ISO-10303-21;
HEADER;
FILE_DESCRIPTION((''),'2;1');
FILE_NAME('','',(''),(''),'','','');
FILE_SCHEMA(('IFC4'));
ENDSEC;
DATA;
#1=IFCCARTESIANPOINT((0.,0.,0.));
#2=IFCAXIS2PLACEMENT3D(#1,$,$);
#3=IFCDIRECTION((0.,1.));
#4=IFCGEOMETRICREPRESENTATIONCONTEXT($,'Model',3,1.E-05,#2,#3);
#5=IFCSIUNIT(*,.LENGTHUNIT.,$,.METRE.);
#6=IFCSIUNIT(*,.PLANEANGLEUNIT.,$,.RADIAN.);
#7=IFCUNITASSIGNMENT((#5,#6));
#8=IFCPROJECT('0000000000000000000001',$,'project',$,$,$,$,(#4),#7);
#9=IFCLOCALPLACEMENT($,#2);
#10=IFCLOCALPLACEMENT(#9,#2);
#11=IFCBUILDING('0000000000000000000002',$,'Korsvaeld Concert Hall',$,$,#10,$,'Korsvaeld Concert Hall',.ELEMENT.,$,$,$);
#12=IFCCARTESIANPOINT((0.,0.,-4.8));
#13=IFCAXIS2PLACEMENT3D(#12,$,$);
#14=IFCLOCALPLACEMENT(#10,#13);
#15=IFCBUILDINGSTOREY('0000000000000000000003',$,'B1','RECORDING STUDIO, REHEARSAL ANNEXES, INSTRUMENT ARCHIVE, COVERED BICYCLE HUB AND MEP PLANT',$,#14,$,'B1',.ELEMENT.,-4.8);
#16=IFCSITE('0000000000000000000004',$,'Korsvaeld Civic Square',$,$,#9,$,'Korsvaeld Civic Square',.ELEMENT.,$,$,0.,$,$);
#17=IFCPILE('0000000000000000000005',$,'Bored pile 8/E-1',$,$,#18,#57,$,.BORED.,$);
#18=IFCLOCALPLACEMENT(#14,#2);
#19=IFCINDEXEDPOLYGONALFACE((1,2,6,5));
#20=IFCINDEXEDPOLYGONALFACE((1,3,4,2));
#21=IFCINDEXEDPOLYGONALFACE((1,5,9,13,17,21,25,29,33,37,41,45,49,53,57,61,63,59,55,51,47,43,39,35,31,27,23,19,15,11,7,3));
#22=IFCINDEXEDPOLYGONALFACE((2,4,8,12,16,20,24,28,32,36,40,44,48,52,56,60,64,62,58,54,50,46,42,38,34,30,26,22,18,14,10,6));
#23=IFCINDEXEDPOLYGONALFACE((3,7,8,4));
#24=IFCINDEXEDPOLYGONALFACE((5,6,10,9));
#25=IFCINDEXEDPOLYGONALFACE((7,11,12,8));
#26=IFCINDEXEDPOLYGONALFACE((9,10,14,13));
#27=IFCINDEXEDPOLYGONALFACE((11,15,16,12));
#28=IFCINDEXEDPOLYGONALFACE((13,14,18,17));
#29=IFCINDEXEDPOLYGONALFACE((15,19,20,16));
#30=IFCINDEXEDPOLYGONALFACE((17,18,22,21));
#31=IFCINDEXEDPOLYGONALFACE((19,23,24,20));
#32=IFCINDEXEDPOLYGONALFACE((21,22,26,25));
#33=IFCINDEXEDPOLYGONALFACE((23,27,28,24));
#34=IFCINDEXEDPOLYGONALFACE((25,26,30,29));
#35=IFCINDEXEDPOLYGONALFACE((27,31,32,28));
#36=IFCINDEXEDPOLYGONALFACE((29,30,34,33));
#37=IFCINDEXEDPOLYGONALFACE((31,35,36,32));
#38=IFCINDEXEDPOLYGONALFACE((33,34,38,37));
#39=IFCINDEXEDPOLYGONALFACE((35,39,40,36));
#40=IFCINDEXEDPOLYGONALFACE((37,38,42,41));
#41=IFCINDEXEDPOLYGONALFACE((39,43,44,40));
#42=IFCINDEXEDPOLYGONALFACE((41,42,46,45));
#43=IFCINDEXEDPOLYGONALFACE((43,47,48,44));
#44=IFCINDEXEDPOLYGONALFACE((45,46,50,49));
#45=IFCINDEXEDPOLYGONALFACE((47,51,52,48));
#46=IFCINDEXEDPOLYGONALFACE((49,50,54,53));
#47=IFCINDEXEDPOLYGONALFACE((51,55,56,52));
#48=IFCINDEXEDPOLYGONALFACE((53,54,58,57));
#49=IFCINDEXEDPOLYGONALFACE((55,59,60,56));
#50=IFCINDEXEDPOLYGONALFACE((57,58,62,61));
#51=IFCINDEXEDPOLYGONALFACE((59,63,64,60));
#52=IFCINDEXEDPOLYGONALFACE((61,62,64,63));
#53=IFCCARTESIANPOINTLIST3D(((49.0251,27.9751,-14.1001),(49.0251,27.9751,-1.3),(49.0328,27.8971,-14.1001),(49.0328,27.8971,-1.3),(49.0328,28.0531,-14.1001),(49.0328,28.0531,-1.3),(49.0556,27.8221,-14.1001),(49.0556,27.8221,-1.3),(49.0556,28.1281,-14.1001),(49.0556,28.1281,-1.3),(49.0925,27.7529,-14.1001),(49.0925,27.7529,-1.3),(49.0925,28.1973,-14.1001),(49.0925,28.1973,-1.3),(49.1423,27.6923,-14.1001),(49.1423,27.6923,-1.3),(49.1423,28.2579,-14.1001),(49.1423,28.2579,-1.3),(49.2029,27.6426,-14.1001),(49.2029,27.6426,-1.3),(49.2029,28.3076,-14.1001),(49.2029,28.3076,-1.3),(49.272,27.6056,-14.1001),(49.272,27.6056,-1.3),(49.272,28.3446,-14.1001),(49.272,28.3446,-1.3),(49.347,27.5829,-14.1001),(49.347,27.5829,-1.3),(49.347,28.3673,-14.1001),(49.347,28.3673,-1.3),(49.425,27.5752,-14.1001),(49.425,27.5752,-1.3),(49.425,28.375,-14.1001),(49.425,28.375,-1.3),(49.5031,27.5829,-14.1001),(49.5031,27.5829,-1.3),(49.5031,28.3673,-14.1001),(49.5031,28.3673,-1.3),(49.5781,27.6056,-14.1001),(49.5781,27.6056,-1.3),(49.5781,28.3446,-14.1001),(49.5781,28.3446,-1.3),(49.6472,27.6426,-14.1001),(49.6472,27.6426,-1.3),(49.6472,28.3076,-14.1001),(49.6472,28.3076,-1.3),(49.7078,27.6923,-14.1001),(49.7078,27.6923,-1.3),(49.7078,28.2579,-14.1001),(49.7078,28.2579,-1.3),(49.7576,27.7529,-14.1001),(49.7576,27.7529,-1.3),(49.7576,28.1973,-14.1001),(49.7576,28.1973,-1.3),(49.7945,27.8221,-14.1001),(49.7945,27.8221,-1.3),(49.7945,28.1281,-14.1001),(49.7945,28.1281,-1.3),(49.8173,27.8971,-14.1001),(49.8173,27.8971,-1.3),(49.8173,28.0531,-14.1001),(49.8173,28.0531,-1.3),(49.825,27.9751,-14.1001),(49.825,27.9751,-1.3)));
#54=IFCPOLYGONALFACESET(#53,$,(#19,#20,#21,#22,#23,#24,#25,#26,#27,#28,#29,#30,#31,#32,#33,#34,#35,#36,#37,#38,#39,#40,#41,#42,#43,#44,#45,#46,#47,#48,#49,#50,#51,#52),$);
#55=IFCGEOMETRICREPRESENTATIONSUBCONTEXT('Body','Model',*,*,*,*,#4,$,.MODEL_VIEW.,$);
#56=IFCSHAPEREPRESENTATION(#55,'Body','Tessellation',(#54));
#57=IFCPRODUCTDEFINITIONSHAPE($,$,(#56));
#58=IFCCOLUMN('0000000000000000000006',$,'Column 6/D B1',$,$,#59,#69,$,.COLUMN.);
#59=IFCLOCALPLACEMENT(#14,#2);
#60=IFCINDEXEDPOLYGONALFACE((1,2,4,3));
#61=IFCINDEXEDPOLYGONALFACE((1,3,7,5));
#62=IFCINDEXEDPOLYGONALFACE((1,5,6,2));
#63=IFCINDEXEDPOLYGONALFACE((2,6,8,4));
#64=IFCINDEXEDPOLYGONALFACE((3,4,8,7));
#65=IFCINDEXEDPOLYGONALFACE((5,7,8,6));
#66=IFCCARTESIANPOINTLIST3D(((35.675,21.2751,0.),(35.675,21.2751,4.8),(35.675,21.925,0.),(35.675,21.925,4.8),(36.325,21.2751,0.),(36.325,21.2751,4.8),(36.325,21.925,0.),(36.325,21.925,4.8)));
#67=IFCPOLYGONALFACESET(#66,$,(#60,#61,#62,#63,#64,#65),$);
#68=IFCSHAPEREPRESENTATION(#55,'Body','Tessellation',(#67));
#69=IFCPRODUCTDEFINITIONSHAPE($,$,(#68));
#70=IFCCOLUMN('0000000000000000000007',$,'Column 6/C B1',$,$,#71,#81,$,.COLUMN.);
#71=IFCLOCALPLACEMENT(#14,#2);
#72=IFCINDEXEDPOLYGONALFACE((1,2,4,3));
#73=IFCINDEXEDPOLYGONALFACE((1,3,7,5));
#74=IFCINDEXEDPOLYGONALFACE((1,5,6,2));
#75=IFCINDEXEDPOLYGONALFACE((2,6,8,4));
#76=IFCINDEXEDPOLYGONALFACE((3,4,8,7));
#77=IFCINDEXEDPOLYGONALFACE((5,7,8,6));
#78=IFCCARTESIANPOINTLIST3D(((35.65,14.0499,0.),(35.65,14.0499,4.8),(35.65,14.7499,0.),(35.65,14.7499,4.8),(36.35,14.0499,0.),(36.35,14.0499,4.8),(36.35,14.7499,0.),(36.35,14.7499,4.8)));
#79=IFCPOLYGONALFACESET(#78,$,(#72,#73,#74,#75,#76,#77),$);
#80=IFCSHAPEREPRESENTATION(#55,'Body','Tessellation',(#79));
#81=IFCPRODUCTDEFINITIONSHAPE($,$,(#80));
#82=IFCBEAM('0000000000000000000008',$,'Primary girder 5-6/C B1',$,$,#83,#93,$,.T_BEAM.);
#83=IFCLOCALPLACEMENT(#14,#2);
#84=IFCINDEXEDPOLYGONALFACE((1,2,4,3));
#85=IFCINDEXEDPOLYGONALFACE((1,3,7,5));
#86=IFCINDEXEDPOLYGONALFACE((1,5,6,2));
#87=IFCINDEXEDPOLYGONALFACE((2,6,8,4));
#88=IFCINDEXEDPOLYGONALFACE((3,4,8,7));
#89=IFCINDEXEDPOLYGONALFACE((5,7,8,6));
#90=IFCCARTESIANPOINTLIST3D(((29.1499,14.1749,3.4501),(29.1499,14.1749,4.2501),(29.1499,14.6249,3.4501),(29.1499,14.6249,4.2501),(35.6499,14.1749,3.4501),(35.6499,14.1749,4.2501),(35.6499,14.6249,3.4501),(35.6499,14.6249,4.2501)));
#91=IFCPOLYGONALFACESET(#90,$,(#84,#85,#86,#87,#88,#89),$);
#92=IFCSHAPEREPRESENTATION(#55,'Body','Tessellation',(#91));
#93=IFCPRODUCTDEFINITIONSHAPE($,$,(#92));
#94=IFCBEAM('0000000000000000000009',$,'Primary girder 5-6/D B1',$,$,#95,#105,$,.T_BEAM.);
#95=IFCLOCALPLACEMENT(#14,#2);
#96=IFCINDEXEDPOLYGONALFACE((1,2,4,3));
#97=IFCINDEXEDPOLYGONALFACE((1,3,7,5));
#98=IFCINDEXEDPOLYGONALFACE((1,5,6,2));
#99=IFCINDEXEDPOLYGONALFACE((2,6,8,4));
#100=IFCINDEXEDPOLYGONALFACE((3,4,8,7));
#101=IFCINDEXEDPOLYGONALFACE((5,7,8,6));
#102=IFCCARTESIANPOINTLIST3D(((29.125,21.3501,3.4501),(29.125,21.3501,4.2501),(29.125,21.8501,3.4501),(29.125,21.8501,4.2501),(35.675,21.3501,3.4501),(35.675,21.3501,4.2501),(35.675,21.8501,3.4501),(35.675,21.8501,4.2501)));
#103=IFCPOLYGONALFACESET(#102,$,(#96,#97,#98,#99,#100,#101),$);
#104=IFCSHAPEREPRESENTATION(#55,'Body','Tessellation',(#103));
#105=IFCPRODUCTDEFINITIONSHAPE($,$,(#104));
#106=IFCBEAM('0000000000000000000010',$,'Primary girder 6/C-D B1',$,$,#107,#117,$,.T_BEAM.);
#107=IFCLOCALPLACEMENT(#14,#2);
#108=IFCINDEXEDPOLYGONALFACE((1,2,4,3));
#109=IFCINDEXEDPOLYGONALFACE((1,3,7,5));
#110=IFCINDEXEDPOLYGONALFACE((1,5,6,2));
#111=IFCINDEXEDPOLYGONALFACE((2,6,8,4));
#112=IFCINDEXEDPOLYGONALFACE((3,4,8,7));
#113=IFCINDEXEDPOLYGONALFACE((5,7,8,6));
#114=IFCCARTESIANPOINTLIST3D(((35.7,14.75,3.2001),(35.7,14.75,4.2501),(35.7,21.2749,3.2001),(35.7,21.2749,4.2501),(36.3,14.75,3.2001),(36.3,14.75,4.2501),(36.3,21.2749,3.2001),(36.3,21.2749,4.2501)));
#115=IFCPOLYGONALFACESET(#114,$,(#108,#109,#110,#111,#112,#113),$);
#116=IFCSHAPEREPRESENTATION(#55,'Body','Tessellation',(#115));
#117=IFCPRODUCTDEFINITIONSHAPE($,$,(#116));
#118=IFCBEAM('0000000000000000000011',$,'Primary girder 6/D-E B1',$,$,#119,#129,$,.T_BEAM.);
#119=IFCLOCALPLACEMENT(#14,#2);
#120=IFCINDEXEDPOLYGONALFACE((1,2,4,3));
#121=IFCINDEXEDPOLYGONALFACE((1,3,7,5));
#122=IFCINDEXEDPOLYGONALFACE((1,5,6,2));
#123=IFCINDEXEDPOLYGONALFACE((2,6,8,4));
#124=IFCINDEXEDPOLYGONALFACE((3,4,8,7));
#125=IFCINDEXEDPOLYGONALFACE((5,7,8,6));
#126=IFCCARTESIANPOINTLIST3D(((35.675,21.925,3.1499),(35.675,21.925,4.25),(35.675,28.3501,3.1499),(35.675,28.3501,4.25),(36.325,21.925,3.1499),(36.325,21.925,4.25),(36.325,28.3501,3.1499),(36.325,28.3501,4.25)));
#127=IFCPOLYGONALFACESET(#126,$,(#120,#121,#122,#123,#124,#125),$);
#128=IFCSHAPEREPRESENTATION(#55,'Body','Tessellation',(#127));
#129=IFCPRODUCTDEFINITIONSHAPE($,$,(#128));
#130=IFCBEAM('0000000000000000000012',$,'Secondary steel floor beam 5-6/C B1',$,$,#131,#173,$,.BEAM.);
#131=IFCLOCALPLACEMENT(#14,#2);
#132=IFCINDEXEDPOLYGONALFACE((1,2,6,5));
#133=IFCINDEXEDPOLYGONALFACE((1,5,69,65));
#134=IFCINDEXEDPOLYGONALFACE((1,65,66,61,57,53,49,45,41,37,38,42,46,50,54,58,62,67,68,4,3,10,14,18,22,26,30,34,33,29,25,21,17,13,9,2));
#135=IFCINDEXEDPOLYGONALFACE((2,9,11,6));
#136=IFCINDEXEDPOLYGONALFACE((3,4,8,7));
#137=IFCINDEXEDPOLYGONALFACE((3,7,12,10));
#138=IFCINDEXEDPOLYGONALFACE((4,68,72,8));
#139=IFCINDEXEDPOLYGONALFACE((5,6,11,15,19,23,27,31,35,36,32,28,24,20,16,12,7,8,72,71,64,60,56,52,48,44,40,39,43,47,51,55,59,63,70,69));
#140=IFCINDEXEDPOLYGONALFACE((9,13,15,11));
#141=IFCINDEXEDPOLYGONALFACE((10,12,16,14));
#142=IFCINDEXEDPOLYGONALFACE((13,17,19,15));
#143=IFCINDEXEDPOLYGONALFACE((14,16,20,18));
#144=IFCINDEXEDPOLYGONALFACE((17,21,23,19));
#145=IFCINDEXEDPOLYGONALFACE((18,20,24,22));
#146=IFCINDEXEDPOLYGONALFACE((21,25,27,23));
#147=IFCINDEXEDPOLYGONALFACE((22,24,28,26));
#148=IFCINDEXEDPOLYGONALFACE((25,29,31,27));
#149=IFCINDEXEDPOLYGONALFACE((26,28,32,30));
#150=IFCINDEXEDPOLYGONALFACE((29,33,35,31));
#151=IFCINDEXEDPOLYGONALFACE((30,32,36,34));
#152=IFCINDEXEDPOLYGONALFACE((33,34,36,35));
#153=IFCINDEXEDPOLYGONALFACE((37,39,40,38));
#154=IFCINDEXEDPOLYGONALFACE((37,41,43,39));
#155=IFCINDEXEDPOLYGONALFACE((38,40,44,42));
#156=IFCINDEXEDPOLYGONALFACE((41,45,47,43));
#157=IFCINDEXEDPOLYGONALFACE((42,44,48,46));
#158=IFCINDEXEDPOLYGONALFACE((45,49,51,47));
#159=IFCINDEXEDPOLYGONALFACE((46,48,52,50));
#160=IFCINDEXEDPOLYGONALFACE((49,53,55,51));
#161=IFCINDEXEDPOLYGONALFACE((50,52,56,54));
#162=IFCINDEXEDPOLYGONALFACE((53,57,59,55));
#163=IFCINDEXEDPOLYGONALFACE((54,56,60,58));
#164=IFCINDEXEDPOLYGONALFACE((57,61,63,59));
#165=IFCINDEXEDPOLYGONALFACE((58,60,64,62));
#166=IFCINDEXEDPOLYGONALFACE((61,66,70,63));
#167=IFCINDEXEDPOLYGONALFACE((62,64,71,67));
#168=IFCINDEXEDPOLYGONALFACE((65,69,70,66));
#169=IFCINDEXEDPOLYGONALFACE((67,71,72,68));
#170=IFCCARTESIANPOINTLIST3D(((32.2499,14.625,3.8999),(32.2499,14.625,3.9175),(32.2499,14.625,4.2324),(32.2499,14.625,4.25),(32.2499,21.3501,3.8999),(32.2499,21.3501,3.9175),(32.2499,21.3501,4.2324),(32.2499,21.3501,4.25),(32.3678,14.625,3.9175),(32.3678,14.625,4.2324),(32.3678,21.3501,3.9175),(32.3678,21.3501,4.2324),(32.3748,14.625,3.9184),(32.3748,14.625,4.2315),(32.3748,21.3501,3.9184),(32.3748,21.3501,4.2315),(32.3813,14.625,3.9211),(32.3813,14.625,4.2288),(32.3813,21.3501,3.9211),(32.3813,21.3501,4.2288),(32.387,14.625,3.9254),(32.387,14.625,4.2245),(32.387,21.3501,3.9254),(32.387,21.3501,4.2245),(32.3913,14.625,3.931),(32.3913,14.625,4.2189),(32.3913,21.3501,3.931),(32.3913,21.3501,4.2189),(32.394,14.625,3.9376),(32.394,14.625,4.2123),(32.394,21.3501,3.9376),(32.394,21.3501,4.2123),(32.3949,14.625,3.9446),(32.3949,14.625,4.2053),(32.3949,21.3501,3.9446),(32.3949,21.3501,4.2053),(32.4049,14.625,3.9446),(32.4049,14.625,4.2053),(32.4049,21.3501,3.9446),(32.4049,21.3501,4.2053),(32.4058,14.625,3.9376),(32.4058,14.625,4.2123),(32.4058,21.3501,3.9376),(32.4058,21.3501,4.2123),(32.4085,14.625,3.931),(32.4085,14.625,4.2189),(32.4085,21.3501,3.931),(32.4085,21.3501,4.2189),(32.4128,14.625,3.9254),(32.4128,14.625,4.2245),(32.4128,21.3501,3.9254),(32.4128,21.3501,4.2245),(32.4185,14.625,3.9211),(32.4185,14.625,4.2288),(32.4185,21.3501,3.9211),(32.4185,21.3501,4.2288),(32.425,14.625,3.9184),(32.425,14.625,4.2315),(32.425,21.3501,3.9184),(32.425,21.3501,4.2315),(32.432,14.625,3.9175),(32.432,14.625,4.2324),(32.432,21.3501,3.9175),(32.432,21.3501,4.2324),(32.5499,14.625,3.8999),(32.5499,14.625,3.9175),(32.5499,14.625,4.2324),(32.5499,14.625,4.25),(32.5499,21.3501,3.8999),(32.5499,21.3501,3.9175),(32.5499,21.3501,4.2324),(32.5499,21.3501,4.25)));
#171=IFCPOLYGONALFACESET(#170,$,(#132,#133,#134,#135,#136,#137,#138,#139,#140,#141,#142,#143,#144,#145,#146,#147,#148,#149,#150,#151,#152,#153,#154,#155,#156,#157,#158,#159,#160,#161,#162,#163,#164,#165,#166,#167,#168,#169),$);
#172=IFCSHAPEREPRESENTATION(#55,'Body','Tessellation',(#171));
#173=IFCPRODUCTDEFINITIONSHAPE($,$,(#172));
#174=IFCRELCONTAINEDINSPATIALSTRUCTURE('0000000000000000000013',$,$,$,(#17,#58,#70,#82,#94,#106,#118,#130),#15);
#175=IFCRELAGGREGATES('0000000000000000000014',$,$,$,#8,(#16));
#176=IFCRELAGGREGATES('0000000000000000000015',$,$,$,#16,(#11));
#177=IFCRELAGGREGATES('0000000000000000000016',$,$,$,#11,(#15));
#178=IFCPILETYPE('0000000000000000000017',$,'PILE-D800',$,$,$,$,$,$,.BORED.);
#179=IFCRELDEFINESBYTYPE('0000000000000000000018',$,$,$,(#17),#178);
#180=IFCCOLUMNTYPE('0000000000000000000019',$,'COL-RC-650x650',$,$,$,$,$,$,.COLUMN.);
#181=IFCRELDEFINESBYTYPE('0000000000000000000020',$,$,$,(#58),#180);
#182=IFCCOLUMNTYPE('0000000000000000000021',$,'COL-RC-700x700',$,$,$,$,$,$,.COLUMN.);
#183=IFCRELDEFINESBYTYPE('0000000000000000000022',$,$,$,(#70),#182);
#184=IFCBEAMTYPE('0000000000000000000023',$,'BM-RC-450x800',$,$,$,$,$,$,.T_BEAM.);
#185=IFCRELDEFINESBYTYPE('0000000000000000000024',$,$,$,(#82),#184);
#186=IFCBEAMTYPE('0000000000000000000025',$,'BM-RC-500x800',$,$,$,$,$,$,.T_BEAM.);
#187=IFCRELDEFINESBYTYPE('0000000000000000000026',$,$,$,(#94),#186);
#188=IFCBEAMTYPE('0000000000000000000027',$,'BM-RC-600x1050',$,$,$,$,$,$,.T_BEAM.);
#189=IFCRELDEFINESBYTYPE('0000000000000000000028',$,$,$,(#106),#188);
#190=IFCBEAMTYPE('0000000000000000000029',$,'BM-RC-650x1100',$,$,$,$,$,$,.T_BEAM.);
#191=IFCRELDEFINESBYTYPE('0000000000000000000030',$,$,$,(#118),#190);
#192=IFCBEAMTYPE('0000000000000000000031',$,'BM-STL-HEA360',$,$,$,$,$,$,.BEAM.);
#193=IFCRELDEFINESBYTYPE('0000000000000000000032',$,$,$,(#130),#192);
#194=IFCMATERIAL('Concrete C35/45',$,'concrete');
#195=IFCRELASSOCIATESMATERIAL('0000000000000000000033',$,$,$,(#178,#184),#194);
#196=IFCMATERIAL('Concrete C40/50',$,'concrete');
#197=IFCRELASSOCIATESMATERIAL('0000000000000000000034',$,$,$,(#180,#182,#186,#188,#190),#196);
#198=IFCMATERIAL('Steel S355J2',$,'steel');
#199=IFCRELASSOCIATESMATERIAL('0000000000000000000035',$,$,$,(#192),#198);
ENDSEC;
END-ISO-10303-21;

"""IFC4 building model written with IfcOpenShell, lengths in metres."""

from ifc_helpers import new_model, si_unit, direction, frame, origin, origin_2d, place, context, subcontext, project, spatial, rectangle, circle, i_section, extrude, material, material_profile, profile_set, type_object, element, save


model = new_model("IFC4")

# Units and contexts
model_context = context("Model", 3, precision=1e-05, world=origin(), true_north=direction((0.0, 1.0)))
body_context = subcontext(model_context, "Body", "Model", "MODEL_VIEW")
ifc_project = project(units=[si_unit("LENGTHUNIT", "METRE"), si_unit("PLANEANGLEUNIT", "RADIAN")], contexts=[model_context])

# Site, building, storey
site_placement = place(None, origin())
site = spatial("IfcSite", under=ifc_project, at=site_placement, Name="Korsvaeld Civic Square", LongName="Korsvaeld Civic Square", CompositionType="ELEMENT", RefElevation=0.0)
building_placement = place(site_placement, origin())
building = spatial("IfcBuilding", under=site, at=building_placement, Name="Korsvaeld Concert Hall", LongName="Korsvaeld Concert Hall", CompositionType="ELEMENT")
storey_placement = place(building_placement, frame((0.0, 0.0, -4.8)))
storey = spatial("IfcBuildingStorey", under=building, at=storey_placement, Name="B1", Description="RECORDING STUDIO, REHEARSAL ANNEXES, INSTRUMENT ARCHIVE, COVERED BICYCLE HUB AND MEP PLANT", LongName="B1", CompositionType="ELEMENT", Elevation=-4.8)

# Shared definitions
ifc_material_1 = material(Name="Concrete C35/45", Category="concrete")

# Pile
ifc_material_profile_1 = material_profile(ifc_material_1, circle(Radius=0.3999, at=origin_2d()), Name="BORED PILE D800")
ifc_profile_set_1 = profile_set([ifc_material_profile_1], Name="Concrete C35/45")
pile_type_1 = type_object("IfcPileType", Name="PILE-D800", PredefinedType="BORED", material=ifc_profile_set_1)
pile_1_placement = place(storey_placement, frame((49.425, 27.9751, -1.3), z_axis=(0.0, 0.0, -1.0), x_axis=(1.0, 0.0, 0.0)))
element("IfcPile", 1, at=pile_1_placement, inside=storey, type_object=pile_type_1, Name="Bored pile 8/E-1", PredefinedType="BORED", context=body_context, shape_type="SweptSolid", body=[
    extrude(circle(Radius=0.3999, at=origin_2d()), origin(), (0.0, 0.0, 1.0), 12.8),
])

# Columns
ifc_material_2 = material(Name="Concrete C40/50", Category="concrete")
ifc_material_profile_2 = material_profile(ifc_material_2, rectangle(XDim=0.6499, YDim=0.6499, at=origin_2d()), Name="RC 650x650")
ifc_profile_set_2 = profile_set([ifc_material_profile_2], Name="Concrete C40/50")
column_type_1 = type_object("IfcColumnType", Name="COL-RC-650x650", PredefinedType="COLUMN", material=ifc_profile_set_2)
column_1_placement = place(storey_placement, frame((36.0, 21.6001, 0.0), z_axis=(0.0, 0.0, 1.0), x_axis=(1.0, 0.0, 0.0)))
element("IfcColumn", 2, at=column_1_placement, inside=storey, type_object=column_type_1, Name="Column 6/D B1", PredefinedType="COLUMN", context=body_context, shape_type="SweptSolid", body=[
    extrude(rectangle(XDim=0.6499, YDim=0.6499, at=origin_2d()), origin(), (0.0, 0.0, 1.0), 4.8),
])
ifc_material_profile_3 = material_profile(ifc_material_2, rectangle(XDim=0.7, YDim=0.7, at=origin_2d()), Name="RC 700x700")
ifc_profile_set_3 = profile_set([ifc_material_profile_3], Name="Concrete C40/50")
column_type_2 = type_object("IfcColumnType", Name="COL-RC-700x700", PredefinedType="COLUMN", material=ifc_profile_set_3)
column_2_placement = place(storey_placement, frame((36.0, 14.3999, 0.0), z_axis=(0.0, 0.0, 1.0), x_axis=(1.0, 0.0, 0.0)))
element("IfcColumn", 3, at=column_2_placement, inside=storey, type_object=column_type_2, Name="Column 6/C B1", PredefinedType="COLUMN", context=body_context, shape_type="SweptSolid", body=[
    extrude(rectangle(XDim=0.7, YDim=0.7, at=origin_2d()), origin(), (0.0, 0.0, 1.0), 4.8),
])

# Beams
ifc_material_profile_4 = material_profile(ifc_material_1, rectangle(XDim=0.45, YDim=0.8, at=origin_2d()), Name="RC 450x800")
ifc_profile_set_4 = profile_set([ifc_material_profile_4], Name="Concrete C35/45")
beam_type_1 = type_object("IfcBeamType", Name="BM-RC-450x800", PredefinedType="T_BEAM", material=ifc_profile_set_4)
beam_1_placement = place(storey_placement, frame((29.1499, 14.3999, 3.8501), z_axis=(1.0, 0.0, 0.0), x_axis=(0.0, 1.0, 0.0)))
element("IfcBeam", 4, at=beam_1_placement, inside=storey, type_object=beam_type_1, Name="Primary girder 5-6/C B1", PredefinedType="T_BEAM", context=body_context, shape_type="SweptSolid", body=[
    extrude(rectangle(XDim=0.45, YDim=0.8, at=origin_2d()), origin(), (0.0, 0.0, 1.0), 6.5),
])
ifc_material_profile_5 = material_profile(ifc_material_2, rectangle(XDim=0.5, YDim=0.8, at=origin_2d()), Name="RC 500x800")
ifc_profile_set_5 = profile_set([ifc_material_profile_5], Name="Concrete C40/50")
beam_type_2 = type_object("IfcBeamType", Name="BM-RC-500x800", PredefinedType="T_BEAM", material=ifc_profile_set_5)
beam_2_placement = place(storey_placement, frame((29.125, 21.6001, 3.8501), z_axis=(1.0, 0.0, 0.0), x_axis=(0.0, 1.0, 0.0)))
element("IfcBeam", 5, at=beam_2_placement, inside=storey, type_object=beam_type_2, Name="Primary girder 5-6/D B1", PredefinedType="T_BEAM", context=body_context, shape_type="SweptSolid", body=[
    extrude(rectangle(XDim=0.5, YDim=0.8, at=origin_2d()), origin(), (0.0, 0.0, 1.0), 6.55),
])
ifc_material_profile_6 = material_profile(ifc_material_2, rectangle(XDim=0.6001, YDim=1.05, at=origin_2d()), Name="RC 600x1050")
ifc_profile_set_6 = profile_set([ifc_material_profile_6], Name="Concrete C40/50")
beam_type_3 = type_object("IfcBeamType", Name="BM-RC-600x1050", PredefinedType="T_BEAM", material=ifc_profile_set_6)
beam_3_placement = place(storey_placement, frame((36.0, 14.75, 3.7251), z_axis=(0.0, 1.0, 0.0), x_axis=(-1.0, 0.0, 0.0)))
element("IfcBeam", 6, at=beam_3_placement, inside=storey, type_object=beam_type_3, Name="Primary girder 6/C-D B1", PredefinedType="T_BEAM", context=body_context, shape_type="SweptSolid", body=[
    extrude(rectangle(XDim=0.6001, YDim=1.05, at=origin_2d()), origin(), (0.0, 0.0, 1.0), 6.5249),
])
ifc_material_profile_7 = material_profile(ifc_material_2, rectangle(XDim=0.6499, YDim=1.1001, at=origin_2d()), Name="RC 650x1100")
ifc_profile_set_7 = profile_set([ifc_material_profile_7], Name="Concrete C40/50")
beam_type_4 = type_object("IfcBeamType", Name="BM-RC-650x1100", PredefinedType="T_BEAM", material=ifc_profile_set_7)
beam_4_placement = place(storey_placement, frame((36.0, 21.925, 3.7), z_axis=(0.0, 1.0, 0.0), x_axis=(-1.0, 0.0, 0.0)))
element("IfcBeam", 7, at=beam_4_placement, inside=storey, type_object=beam_type_4, Name="Primary girder 6/D-E B1", PredefinedType="T_BEAM", context=body_context, shape_type="SweptSolid", body=[
    extrude(rectangle(XDim=0.6499, YDim=1.1001, at=origin_2d()), origin(), (0.0, 0.0, 1.0), 6.425),
])
ifc_material_3 = material(Name="Steel S355J2", Category="steel")
ifc_material_profile_8 = material_profile(ifc_material_3, i_section(OverallWidth=0.3, OverallDepth=0.3501, WebThickness=0.01, FlangeThickness=0.0176, FilletRadius=0.0271, at=origin_2d()), Name="HEA 360")
ifc_profile_set_8 = profile_set([ifc_material_profile_8], Name="Steel S355J2")
beam_type_5 = type_object("IfcBeamType", Name="BM-STL-HEA360", PredefinedType="BEAM", material=ifc_profile_set_8)
beam_5_placement = place(storey_placement, frame((32.3999, 14.625, 4.075), z_axis=(0.0, 1.0, 0.0), x_axis=(-1.0, 0.0, 0.0)))
element("IfcBeam", 8, at=beam_5_placement, inside=storey, type_object=beam_type_5, Name="Secondary steel floor beam 5-6/C B1", PredefinedType="BEAM", context=body_context, shape_type="SweptSolid", body=[
    extrude(i_section(OverallWidth=0.3, OverallDepth=0.3501, WebThickness=0.01, FlangeThickness=0.0176, FilletRadius=0.0271, at=origin_2d()), origin(), (0.0, 0.0, 1.0), 6.7251),
])

save(model, "model.ifc")
